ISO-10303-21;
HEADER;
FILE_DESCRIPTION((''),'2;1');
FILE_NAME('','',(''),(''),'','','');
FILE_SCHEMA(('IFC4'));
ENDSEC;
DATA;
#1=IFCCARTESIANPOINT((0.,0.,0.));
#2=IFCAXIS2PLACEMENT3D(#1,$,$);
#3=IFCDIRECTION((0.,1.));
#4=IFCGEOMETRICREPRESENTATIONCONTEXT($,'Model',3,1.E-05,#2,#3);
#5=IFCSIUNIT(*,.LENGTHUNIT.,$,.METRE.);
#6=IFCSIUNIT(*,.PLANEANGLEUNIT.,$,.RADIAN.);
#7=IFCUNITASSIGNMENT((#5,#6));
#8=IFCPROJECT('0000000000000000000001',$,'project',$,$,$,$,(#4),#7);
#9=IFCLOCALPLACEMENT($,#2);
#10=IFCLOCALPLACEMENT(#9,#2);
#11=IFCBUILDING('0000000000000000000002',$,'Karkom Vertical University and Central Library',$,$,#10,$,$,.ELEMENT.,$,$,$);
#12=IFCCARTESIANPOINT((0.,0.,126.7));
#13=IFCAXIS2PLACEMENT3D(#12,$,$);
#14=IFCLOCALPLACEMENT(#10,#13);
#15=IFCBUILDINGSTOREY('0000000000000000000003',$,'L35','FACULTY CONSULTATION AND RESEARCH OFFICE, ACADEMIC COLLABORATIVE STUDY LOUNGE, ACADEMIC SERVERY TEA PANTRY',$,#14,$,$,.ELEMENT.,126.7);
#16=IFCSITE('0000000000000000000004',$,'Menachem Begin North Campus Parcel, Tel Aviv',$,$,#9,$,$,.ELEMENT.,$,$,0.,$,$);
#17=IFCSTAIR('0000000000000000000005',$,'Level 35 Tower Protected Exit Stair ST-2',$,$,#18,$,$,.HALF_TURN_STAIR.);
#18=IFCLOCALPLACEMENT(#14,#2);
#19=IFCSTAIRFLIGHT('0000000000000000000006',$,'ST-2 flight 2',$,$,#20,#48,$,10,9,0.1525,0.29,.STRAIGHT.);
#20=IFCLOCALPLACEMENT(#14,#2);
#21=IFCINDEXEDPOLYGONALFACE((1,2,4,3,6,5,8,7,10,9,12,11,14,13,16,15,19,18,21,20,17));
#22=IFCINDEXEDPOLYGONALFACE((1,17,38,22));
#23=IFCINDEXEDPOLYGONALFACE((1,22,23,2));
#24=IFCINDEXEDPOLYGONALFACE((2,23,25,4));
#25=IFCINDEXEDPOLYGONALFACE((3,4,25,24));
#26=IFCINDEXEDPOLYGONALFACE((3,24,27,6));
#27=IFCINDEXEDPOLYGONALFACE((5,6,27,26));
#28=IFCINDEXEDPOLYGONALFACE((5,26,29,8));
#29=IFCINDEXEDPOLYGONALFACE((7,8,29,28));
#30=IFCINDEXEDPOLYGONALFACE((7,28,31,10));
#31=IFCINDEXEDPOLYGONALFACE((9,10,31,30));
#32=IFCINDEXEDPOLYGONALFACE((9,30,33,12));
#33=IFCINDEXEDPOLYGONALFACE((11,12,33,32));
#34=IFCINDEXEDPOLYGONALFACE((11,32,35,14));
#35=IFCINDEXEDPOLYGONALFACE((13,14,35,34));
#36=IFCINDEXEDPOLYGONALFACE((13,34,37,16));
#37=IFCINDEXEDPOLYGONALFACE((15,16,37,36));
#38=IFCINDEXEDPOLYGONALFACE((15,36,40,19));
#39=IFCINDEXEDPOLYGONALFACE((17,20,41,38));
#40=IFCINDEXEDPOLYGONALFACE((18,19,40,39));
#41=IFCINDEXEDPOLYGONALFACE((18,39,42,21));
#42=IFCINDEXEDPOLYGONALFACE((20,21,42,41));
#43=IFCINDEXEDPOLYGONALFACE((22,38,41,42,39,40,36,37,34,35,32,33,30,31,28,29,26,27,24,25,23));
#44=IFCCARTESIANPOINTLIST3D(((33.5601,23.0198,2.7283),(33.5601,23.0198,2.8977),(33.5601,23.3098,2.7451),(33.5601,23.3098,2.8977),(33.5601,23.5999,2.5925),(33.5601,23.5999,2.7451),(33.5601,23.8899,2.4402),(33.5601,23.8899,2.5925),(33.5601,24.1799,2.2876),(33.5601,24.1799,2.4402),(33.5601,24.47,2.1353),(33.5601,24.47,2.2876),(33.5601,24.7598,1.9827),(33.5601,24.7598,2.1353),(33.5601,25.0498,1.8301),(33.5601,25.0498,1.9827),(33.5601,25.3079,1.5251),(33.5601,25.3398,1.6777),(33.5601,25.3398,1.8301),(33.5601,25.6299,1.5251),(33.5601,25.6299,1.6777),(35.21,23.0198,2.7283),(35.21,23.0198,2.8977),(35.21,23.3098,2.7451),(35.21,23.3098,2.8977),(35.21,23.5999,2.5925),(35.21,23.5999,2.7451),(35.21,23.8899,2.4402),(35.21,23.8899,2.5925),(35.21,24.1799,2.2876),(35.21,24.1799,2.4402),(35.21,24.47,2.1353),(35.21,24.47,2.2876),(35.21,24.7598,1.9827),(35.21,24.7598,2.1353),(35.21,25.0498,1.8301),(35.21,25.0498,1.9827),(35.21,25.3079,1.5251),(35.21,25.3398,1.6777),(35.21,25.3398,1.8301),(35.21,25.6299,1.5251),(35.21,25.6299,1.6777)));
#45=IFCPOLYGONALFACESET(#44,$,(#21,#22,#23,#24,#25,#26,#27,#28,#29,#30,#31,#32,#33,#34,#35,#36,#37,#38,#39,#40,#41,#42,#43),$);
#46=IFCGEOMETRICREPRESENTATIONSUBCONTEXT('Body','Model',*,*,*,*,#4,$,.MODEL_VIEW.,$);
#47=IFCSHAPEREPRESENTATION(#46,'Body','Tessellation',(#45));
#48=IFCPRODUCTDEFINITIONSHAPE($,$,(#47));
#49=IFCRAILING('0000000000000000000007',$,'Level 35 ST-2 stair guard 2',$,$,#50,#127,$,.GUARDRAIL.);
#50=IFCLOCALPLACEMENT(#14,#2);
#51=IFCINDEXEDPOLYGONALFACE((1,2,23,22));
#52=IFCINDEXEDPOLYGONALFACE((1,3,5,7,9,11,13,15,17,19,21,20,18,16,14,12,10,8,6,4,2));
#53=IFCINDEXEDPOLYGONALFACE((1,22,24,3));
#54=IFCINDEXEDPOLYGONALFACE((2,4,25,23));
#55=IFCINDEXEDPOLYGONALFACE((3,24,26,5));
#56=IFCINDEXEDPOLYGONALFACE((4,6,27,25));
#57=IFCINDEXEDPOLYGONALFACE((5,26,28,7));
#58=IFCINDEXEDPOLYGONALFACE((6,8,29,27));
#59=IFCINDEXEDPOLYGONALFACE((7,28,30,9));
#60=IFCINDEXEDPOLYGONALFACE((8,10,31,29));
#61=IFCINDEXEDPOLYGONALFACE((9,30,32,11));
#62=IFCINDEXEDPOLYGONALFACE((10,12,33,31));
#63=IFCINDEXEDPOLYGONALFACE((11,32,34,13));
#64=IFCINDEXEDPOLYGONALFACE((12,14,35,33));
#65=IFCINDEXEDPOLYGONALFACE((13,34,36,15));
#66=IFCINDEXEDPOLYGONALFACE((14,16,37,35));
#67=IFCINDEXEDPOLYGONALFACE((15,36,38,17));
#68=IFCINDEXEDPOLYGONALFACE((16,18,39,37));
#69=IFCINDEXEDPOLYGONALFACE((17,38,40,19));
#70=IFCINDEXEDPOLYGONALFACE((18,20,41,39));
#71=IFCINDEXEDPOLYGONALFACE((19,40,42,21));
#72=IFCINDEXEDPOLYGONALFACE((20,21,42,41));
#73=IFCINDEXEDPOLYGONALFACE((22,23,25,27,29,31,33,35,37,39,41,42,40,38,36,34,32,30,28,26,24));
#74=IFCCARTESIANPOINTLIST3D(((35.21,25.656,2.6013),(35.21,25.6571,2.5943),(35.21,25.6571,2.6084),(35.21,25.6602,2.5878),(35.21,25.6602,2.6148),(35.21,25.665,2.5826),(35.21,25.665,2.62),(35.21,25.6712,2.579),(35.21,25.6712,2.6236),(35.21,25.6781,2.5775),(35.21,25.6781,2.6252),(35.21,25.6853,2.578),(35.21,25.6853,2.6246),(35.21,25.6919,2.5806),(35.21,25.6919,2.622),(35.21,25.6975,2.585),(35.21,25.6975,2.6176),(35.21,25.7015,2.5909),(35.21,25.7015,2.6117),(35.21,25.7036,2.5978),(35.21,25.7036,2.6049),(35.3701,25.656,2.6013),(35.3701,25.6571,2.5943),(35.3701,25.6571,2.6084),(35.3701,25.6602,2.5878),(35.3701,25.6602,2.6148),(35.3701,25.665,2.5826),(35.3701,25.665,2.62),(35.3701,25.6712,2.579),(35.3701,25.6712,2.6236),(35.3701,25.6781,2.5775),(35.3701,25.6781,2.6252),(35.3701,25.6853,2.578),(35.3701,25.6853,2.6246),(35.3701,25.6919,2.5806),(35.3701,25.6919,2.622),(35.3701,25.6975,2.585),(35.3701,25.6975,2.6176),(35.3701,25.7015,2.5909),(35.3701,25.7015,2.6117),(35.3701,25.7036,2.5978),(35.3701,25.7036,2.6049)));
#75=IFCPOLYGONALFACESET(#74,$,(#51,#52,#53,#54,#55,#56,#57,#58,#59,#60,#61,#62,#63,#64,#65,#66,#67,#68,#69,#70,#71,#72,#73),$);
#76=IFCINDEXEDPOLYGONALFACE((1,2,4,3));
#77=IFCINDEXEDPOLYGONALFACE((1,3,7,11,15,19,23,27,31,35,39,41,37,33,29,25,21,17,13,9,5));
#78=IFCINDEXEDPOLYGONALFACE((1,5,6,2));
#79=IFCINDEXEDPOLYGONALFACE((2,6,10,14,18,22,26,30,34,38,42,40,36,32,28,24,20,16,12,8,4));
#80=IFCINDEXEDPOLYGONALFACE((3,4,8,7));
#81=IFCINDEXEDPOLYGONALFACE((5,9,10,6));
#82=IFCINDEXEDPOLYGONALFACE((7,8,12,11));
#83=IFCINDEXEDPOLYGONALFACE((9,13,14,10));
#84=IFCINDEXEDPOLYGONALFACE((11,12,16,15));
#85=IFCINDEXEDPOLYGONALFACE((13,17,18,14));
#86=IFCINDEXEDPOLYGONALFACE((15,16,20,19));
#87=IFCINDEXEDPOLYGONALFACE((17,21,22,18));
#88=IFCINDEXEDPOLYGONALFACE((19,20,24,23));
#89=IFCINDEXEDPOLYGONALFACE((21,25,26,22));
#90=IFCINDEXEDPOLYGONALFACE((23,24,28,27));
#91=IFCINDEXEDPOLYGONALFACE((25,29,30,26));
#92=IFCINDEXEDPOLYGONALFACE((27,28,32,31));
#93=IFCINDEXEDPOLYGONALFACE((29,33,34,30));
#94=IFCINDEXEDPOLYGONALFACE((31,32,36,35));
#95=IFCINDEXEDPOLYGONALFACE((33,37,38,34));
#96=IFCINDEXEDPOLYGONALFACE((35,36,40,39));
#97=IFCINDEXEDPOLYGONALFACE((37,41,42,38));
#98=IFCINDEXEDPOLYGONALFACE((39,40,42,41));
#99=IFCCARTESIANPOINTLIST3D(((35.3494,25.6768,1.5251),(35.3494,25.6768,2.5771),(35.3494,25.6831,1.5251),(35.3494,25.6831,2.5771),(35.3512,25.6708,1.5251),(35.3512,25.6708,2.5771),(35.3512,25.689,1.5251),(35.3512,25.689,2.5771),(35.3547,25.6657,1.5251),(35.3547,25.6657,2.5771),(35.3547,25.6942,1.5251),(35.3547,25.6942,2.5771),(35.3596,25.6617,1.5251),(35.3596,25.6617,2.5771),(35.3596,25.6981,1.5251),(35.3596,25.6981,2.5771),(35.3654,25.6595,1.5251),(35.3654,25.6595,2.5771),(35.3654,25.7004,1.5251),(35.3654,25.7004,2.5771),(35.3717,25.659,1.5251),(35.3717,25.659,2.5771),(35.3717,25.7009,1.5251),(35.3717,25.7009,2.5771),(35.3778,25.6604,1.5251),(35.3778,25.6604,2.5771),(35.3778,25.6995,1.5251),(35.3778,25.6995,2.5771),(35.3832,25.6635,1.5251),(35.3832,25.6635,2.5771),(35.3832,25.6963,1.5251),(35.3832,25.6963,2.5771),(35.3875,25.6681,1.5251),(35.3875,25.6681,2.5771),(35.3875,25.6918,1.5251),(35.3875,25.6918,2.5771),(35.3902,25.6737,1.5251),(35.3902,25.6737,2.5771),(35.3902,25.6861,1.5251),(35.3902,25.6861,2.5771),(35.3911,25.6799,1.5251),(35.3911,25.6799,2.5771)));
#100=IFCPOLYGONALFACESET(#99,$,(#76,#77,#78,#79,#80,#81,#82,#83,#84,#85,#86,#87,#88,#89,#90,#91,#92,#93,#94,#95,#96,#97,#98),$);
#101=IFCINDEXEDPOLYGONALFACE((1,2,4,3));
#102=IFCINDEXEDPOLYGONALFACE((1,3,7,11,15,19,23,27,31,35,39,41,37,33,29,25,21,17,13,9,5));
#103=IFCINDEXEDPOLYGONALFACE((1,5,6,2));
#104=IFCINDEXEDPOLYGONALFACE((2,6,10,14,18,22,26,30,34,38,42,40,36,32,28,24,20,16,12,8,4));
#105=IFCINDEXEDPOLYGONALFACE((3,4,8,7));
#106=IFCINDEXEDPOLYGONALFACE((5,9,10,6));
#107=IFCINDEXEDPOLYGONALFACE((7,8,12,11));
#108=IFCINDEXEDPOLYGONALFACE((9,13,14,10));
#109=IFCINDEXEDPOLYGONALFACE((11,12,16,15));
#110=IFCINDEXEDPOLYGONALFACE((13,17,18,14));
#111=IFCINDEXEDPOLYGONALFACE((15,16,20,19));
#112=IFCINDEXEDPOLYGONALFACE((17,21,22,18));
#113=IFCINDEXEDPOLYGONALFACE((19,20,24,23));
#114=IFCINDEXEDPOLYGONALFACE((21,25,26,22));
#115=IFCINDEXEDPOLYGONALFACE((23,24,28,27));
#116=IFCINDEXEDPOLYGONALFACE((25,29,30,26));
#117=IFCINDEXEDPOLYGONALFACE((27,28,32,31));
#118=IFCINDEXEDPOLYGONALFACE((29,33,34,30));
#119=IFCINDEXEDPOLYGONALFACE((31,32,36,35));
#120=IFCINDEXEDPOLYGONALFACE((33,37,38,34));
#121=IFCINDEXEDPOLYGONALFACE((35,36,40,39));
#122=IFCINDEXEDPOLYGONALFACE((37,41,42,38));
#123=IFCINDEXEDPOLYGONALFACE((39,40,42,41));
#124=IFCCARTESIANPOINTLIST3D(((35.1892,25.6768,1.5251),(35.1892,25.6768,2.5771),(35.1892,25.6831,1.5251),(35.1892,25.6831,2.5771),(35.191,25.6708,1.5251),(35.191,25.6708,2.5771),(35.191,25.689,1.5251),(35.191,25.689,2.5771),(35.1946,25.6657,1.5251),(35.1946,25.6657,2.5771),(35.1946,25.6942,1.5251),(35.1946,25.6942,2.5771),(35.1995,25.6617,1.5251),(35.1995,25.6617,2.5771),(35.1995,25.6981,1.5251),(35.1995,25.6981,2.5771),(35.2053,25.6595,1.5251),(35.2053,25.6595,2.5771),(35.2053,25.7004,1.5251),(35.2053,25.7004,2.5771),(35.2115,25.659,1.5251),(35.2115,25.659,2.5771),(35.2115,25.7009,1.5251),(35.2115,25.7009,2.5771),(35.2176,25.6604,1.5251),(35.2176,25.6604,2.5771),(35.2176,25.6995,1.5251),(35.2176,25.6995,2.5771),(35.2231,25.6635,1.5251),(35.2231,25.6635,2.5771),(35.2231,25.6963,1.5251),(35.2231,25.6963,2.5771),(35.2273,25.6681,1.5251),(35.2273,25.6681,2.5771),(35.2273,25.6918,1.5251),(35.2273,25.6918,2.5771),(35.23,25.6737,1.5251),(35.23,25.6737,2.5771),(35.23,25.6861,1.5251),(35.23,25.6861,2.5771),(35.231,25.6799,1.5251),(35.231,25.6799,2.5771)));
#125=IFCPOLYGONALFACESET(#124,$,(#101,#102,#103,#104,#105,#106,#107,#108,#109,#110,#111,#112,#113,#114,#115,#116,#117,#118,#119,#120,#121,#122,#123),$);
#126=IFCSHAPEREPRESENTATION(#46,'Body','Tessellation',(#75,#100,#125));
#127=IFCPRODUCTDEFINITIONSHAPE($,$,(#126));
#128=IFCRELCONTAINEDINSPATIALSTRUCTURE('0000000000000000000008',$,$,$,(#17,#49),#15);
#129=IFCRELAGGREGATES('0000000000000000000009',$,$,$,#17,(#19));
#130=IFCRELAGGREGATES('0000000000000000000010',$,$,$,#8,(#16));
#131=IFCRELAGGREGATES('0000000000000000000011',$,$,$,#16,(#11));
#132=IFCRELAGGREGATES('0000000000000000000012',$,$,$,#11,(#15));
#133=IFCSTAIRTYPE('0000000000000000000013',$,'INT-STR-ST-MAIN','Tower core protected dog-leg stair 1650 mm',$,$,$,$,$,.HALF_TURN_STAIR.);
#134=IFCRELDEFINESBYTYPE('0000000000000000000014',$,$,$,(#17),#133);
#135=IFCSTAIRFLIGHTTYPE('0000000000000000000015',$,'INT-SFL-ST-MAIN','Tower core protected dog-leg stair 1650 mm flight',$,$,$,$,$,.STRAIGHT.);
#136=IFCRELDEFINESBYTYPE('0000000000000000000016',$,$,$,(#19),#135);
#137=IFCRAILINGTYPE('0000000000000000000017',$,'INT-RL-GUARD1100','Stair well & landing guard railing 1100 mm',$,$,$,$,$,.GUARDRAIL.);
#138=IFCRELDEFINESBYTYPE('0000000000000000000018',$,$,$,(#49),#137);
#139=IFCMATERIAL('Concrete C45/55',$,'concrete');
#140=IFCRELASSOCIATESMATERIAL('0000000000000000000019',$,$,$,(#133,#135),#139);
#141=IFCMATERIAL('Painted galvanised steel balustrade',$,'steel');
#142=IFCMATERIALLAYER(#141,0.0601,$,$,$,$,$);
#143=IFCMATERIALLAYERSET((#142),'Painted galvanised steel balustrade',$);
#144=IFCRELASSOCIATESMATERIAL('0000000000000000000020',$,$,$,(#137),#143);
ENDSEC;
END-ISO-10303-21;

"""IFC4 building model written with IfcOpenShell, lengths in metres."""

from ifc_helpers import new_model, si_unit, direction, frame, origin, origin_2d, place, context, subcontext, project, spatial, polyline, circle, outline, extrude, material, layer, layer_set, type_object, element, aggregate, save


model = new_model("IFC4")

# Units and contexts
model_context = context("Model", 3, precision=1e-05, world=origin(), true_north=direction((0.0, 1.0)))
body_context = subcontext(model_context, "Body", "Model", "MODEL_VIEW")
ifc_project = project(units=[si_unit("LENGTHUNIT", "METRE"), si_unit("PLANEANGLEUNIT", "RADIAN")], contexts=[model_context])

# Site, building, storey
site_placement = place(None, origin())
site = spatial("IfcSite", under=ifc_project, at=site_placement, Name="Menachem Begin North Campus Parcel, Tel Aviv", CompositionType="ELEMENT", RefElevation=0.0)
building_placement = place(site_placement, origin())
building = spatial("IfcBuilding", under=site, at=building_placement, Name="Karkom Vertical University and Central Library", CompositionType="ELEMENT")
storey_placement = place(building_placement, frame((0.0, 0.0, 126.7)))
storey = spatial("IfcBuildingStorey", under=building, at=storey_placement, Name="L35", Description="FACULTY CONSULTATION AND RESEARCH OFFICE, ACADEMIC COLLABORATIVE STUDY LOUNGE, ACADEMIC SERVERY TEA PANTRY", CompositionType="ELEMENT", Elevation=126.7)

# Shared definitions
ifc_material_1 = material(Name="Concrete C45/55", Category="concrete")

# Stair, stair flight
stair_type = type_object("IfcStairType", Name="INT-STR-ST-MAIN", Description="Tower core protected dog-leg stair 1650 mm", PredefinedType="HALF_TURN_STAIR", material=ifc_material_1)
stair_placement = place(storey_placement, origin())
stair = element("IfcStair", 1, at=stair_placement, inside=storey, type_object=stair_type, Name="Level 35 Tower Protected Exit Stair ST-2", PredefinedType="HALF_TURN_STAIR")
stair_flight_type = type_object("IfcStairFlightType", Name="INT-SFL-ST-MAIN", Description="Tower core protected dog-leg stair 1650 mm flight", PredefinedType="STRAIGHT", material=ifc_material_1)
stair_flight_placement = place(storey_placement, frame((34.385, 25.6299, 1.5251), z_axis=(0.0, 0.0, 1.0), x_axis=(0.0, -1.0, 0.0)))
stair_flight = element("IfcStairFlight", 2, at=stair_flight_placement, type_object=stair_flight_type, Name="ST-2 flight 2", NumberOfRisers=10, NumberOfTreads=9, PredefinedType="STRAIGHT", RiserHeight=0.1525, TreadLength=0.29, context=body_context, shape_type="SweptSolid", body=[
    extrude(outline(polyline([(0.0, 0.0), (0.0, 0.1526), (0.29, 0.1526), (0.29, 0.3049), (0.5801, 0.3049), (0.5801, 0.4575), (0.8701, 0.4575), (0.8701, 0.6101), (1.1599, 0.6101), (1.1599, 0.7625), (1.45, 0.7625), (1.45, 0.915), (1.74, 0.915), (1.74, 1.0674), (2.03, 1.0674), (2.03, 1.22), (2.3201, 1.22), (2.3201, 1.3726), (2.6101, 1.3726), (2.6101, 1.5249), (2.6101, 1.2031), (0.322, 0.0), (0.0, 0.0)])), frame((0.0, 0.825, 0.0), z_axis=(0.0, -1.0, 0.0), x_axis=(1.0, 0.0, 0.0)), (0.0, 0.0, 1.0), 1.6499),
])
aggregate(stair, [stair_flight])

# Railing
ifc_material_2 = material(Name="Painted galvanised steel balustrade", Category="steel")
ifc_layer_1 = layer(ifc_material_2, 0.0601)
ifc_layer_set_1 = layer_set([ifc_layer_1], Name="Painted galvanised steel balustrade")
railing_type_1 = type_object("IfcRailingType", Name="INT-RL-GUARD1100", Description="Stair well & landing guard railing 1100 mm", PredefinedType="GUARDRAIL", material=ifc_layer_set_1)
railing_1_placement = place(storey_placement, frame((35.3701, 25.6799, 1.5251)))
element("IfcRailing", 3, at=railing_1_placement, inside=storey, type_object=railing_type_1, Name="Level 35 ST-2 stair guard 2", PredefinedType="GUARDRAIL", context=body_context, shape_type="SweptSolid", body=[
    extrude(circle(Radius=0.0239, at=origin_2d()), frame((0.0, 0.0, 1.0762), z_axis=(-1.0, 0.0, 0.0), x_axis=(0.0, -1.0, 0.0)), (0.0, 0.0, 1.0), 0.1602),
    extrude(circle(Radius=0.021, at=origin_2d()), origin(), (0.0, 0.0, 1.0), 1.052),
    extrude(circle(Radius=0.021, at=origin_2d()), frame((-0.1602, 0.0, 0.0)), (0.0, 0.0, 1.0), 1.052),
])

save(model, "model.ifc")
